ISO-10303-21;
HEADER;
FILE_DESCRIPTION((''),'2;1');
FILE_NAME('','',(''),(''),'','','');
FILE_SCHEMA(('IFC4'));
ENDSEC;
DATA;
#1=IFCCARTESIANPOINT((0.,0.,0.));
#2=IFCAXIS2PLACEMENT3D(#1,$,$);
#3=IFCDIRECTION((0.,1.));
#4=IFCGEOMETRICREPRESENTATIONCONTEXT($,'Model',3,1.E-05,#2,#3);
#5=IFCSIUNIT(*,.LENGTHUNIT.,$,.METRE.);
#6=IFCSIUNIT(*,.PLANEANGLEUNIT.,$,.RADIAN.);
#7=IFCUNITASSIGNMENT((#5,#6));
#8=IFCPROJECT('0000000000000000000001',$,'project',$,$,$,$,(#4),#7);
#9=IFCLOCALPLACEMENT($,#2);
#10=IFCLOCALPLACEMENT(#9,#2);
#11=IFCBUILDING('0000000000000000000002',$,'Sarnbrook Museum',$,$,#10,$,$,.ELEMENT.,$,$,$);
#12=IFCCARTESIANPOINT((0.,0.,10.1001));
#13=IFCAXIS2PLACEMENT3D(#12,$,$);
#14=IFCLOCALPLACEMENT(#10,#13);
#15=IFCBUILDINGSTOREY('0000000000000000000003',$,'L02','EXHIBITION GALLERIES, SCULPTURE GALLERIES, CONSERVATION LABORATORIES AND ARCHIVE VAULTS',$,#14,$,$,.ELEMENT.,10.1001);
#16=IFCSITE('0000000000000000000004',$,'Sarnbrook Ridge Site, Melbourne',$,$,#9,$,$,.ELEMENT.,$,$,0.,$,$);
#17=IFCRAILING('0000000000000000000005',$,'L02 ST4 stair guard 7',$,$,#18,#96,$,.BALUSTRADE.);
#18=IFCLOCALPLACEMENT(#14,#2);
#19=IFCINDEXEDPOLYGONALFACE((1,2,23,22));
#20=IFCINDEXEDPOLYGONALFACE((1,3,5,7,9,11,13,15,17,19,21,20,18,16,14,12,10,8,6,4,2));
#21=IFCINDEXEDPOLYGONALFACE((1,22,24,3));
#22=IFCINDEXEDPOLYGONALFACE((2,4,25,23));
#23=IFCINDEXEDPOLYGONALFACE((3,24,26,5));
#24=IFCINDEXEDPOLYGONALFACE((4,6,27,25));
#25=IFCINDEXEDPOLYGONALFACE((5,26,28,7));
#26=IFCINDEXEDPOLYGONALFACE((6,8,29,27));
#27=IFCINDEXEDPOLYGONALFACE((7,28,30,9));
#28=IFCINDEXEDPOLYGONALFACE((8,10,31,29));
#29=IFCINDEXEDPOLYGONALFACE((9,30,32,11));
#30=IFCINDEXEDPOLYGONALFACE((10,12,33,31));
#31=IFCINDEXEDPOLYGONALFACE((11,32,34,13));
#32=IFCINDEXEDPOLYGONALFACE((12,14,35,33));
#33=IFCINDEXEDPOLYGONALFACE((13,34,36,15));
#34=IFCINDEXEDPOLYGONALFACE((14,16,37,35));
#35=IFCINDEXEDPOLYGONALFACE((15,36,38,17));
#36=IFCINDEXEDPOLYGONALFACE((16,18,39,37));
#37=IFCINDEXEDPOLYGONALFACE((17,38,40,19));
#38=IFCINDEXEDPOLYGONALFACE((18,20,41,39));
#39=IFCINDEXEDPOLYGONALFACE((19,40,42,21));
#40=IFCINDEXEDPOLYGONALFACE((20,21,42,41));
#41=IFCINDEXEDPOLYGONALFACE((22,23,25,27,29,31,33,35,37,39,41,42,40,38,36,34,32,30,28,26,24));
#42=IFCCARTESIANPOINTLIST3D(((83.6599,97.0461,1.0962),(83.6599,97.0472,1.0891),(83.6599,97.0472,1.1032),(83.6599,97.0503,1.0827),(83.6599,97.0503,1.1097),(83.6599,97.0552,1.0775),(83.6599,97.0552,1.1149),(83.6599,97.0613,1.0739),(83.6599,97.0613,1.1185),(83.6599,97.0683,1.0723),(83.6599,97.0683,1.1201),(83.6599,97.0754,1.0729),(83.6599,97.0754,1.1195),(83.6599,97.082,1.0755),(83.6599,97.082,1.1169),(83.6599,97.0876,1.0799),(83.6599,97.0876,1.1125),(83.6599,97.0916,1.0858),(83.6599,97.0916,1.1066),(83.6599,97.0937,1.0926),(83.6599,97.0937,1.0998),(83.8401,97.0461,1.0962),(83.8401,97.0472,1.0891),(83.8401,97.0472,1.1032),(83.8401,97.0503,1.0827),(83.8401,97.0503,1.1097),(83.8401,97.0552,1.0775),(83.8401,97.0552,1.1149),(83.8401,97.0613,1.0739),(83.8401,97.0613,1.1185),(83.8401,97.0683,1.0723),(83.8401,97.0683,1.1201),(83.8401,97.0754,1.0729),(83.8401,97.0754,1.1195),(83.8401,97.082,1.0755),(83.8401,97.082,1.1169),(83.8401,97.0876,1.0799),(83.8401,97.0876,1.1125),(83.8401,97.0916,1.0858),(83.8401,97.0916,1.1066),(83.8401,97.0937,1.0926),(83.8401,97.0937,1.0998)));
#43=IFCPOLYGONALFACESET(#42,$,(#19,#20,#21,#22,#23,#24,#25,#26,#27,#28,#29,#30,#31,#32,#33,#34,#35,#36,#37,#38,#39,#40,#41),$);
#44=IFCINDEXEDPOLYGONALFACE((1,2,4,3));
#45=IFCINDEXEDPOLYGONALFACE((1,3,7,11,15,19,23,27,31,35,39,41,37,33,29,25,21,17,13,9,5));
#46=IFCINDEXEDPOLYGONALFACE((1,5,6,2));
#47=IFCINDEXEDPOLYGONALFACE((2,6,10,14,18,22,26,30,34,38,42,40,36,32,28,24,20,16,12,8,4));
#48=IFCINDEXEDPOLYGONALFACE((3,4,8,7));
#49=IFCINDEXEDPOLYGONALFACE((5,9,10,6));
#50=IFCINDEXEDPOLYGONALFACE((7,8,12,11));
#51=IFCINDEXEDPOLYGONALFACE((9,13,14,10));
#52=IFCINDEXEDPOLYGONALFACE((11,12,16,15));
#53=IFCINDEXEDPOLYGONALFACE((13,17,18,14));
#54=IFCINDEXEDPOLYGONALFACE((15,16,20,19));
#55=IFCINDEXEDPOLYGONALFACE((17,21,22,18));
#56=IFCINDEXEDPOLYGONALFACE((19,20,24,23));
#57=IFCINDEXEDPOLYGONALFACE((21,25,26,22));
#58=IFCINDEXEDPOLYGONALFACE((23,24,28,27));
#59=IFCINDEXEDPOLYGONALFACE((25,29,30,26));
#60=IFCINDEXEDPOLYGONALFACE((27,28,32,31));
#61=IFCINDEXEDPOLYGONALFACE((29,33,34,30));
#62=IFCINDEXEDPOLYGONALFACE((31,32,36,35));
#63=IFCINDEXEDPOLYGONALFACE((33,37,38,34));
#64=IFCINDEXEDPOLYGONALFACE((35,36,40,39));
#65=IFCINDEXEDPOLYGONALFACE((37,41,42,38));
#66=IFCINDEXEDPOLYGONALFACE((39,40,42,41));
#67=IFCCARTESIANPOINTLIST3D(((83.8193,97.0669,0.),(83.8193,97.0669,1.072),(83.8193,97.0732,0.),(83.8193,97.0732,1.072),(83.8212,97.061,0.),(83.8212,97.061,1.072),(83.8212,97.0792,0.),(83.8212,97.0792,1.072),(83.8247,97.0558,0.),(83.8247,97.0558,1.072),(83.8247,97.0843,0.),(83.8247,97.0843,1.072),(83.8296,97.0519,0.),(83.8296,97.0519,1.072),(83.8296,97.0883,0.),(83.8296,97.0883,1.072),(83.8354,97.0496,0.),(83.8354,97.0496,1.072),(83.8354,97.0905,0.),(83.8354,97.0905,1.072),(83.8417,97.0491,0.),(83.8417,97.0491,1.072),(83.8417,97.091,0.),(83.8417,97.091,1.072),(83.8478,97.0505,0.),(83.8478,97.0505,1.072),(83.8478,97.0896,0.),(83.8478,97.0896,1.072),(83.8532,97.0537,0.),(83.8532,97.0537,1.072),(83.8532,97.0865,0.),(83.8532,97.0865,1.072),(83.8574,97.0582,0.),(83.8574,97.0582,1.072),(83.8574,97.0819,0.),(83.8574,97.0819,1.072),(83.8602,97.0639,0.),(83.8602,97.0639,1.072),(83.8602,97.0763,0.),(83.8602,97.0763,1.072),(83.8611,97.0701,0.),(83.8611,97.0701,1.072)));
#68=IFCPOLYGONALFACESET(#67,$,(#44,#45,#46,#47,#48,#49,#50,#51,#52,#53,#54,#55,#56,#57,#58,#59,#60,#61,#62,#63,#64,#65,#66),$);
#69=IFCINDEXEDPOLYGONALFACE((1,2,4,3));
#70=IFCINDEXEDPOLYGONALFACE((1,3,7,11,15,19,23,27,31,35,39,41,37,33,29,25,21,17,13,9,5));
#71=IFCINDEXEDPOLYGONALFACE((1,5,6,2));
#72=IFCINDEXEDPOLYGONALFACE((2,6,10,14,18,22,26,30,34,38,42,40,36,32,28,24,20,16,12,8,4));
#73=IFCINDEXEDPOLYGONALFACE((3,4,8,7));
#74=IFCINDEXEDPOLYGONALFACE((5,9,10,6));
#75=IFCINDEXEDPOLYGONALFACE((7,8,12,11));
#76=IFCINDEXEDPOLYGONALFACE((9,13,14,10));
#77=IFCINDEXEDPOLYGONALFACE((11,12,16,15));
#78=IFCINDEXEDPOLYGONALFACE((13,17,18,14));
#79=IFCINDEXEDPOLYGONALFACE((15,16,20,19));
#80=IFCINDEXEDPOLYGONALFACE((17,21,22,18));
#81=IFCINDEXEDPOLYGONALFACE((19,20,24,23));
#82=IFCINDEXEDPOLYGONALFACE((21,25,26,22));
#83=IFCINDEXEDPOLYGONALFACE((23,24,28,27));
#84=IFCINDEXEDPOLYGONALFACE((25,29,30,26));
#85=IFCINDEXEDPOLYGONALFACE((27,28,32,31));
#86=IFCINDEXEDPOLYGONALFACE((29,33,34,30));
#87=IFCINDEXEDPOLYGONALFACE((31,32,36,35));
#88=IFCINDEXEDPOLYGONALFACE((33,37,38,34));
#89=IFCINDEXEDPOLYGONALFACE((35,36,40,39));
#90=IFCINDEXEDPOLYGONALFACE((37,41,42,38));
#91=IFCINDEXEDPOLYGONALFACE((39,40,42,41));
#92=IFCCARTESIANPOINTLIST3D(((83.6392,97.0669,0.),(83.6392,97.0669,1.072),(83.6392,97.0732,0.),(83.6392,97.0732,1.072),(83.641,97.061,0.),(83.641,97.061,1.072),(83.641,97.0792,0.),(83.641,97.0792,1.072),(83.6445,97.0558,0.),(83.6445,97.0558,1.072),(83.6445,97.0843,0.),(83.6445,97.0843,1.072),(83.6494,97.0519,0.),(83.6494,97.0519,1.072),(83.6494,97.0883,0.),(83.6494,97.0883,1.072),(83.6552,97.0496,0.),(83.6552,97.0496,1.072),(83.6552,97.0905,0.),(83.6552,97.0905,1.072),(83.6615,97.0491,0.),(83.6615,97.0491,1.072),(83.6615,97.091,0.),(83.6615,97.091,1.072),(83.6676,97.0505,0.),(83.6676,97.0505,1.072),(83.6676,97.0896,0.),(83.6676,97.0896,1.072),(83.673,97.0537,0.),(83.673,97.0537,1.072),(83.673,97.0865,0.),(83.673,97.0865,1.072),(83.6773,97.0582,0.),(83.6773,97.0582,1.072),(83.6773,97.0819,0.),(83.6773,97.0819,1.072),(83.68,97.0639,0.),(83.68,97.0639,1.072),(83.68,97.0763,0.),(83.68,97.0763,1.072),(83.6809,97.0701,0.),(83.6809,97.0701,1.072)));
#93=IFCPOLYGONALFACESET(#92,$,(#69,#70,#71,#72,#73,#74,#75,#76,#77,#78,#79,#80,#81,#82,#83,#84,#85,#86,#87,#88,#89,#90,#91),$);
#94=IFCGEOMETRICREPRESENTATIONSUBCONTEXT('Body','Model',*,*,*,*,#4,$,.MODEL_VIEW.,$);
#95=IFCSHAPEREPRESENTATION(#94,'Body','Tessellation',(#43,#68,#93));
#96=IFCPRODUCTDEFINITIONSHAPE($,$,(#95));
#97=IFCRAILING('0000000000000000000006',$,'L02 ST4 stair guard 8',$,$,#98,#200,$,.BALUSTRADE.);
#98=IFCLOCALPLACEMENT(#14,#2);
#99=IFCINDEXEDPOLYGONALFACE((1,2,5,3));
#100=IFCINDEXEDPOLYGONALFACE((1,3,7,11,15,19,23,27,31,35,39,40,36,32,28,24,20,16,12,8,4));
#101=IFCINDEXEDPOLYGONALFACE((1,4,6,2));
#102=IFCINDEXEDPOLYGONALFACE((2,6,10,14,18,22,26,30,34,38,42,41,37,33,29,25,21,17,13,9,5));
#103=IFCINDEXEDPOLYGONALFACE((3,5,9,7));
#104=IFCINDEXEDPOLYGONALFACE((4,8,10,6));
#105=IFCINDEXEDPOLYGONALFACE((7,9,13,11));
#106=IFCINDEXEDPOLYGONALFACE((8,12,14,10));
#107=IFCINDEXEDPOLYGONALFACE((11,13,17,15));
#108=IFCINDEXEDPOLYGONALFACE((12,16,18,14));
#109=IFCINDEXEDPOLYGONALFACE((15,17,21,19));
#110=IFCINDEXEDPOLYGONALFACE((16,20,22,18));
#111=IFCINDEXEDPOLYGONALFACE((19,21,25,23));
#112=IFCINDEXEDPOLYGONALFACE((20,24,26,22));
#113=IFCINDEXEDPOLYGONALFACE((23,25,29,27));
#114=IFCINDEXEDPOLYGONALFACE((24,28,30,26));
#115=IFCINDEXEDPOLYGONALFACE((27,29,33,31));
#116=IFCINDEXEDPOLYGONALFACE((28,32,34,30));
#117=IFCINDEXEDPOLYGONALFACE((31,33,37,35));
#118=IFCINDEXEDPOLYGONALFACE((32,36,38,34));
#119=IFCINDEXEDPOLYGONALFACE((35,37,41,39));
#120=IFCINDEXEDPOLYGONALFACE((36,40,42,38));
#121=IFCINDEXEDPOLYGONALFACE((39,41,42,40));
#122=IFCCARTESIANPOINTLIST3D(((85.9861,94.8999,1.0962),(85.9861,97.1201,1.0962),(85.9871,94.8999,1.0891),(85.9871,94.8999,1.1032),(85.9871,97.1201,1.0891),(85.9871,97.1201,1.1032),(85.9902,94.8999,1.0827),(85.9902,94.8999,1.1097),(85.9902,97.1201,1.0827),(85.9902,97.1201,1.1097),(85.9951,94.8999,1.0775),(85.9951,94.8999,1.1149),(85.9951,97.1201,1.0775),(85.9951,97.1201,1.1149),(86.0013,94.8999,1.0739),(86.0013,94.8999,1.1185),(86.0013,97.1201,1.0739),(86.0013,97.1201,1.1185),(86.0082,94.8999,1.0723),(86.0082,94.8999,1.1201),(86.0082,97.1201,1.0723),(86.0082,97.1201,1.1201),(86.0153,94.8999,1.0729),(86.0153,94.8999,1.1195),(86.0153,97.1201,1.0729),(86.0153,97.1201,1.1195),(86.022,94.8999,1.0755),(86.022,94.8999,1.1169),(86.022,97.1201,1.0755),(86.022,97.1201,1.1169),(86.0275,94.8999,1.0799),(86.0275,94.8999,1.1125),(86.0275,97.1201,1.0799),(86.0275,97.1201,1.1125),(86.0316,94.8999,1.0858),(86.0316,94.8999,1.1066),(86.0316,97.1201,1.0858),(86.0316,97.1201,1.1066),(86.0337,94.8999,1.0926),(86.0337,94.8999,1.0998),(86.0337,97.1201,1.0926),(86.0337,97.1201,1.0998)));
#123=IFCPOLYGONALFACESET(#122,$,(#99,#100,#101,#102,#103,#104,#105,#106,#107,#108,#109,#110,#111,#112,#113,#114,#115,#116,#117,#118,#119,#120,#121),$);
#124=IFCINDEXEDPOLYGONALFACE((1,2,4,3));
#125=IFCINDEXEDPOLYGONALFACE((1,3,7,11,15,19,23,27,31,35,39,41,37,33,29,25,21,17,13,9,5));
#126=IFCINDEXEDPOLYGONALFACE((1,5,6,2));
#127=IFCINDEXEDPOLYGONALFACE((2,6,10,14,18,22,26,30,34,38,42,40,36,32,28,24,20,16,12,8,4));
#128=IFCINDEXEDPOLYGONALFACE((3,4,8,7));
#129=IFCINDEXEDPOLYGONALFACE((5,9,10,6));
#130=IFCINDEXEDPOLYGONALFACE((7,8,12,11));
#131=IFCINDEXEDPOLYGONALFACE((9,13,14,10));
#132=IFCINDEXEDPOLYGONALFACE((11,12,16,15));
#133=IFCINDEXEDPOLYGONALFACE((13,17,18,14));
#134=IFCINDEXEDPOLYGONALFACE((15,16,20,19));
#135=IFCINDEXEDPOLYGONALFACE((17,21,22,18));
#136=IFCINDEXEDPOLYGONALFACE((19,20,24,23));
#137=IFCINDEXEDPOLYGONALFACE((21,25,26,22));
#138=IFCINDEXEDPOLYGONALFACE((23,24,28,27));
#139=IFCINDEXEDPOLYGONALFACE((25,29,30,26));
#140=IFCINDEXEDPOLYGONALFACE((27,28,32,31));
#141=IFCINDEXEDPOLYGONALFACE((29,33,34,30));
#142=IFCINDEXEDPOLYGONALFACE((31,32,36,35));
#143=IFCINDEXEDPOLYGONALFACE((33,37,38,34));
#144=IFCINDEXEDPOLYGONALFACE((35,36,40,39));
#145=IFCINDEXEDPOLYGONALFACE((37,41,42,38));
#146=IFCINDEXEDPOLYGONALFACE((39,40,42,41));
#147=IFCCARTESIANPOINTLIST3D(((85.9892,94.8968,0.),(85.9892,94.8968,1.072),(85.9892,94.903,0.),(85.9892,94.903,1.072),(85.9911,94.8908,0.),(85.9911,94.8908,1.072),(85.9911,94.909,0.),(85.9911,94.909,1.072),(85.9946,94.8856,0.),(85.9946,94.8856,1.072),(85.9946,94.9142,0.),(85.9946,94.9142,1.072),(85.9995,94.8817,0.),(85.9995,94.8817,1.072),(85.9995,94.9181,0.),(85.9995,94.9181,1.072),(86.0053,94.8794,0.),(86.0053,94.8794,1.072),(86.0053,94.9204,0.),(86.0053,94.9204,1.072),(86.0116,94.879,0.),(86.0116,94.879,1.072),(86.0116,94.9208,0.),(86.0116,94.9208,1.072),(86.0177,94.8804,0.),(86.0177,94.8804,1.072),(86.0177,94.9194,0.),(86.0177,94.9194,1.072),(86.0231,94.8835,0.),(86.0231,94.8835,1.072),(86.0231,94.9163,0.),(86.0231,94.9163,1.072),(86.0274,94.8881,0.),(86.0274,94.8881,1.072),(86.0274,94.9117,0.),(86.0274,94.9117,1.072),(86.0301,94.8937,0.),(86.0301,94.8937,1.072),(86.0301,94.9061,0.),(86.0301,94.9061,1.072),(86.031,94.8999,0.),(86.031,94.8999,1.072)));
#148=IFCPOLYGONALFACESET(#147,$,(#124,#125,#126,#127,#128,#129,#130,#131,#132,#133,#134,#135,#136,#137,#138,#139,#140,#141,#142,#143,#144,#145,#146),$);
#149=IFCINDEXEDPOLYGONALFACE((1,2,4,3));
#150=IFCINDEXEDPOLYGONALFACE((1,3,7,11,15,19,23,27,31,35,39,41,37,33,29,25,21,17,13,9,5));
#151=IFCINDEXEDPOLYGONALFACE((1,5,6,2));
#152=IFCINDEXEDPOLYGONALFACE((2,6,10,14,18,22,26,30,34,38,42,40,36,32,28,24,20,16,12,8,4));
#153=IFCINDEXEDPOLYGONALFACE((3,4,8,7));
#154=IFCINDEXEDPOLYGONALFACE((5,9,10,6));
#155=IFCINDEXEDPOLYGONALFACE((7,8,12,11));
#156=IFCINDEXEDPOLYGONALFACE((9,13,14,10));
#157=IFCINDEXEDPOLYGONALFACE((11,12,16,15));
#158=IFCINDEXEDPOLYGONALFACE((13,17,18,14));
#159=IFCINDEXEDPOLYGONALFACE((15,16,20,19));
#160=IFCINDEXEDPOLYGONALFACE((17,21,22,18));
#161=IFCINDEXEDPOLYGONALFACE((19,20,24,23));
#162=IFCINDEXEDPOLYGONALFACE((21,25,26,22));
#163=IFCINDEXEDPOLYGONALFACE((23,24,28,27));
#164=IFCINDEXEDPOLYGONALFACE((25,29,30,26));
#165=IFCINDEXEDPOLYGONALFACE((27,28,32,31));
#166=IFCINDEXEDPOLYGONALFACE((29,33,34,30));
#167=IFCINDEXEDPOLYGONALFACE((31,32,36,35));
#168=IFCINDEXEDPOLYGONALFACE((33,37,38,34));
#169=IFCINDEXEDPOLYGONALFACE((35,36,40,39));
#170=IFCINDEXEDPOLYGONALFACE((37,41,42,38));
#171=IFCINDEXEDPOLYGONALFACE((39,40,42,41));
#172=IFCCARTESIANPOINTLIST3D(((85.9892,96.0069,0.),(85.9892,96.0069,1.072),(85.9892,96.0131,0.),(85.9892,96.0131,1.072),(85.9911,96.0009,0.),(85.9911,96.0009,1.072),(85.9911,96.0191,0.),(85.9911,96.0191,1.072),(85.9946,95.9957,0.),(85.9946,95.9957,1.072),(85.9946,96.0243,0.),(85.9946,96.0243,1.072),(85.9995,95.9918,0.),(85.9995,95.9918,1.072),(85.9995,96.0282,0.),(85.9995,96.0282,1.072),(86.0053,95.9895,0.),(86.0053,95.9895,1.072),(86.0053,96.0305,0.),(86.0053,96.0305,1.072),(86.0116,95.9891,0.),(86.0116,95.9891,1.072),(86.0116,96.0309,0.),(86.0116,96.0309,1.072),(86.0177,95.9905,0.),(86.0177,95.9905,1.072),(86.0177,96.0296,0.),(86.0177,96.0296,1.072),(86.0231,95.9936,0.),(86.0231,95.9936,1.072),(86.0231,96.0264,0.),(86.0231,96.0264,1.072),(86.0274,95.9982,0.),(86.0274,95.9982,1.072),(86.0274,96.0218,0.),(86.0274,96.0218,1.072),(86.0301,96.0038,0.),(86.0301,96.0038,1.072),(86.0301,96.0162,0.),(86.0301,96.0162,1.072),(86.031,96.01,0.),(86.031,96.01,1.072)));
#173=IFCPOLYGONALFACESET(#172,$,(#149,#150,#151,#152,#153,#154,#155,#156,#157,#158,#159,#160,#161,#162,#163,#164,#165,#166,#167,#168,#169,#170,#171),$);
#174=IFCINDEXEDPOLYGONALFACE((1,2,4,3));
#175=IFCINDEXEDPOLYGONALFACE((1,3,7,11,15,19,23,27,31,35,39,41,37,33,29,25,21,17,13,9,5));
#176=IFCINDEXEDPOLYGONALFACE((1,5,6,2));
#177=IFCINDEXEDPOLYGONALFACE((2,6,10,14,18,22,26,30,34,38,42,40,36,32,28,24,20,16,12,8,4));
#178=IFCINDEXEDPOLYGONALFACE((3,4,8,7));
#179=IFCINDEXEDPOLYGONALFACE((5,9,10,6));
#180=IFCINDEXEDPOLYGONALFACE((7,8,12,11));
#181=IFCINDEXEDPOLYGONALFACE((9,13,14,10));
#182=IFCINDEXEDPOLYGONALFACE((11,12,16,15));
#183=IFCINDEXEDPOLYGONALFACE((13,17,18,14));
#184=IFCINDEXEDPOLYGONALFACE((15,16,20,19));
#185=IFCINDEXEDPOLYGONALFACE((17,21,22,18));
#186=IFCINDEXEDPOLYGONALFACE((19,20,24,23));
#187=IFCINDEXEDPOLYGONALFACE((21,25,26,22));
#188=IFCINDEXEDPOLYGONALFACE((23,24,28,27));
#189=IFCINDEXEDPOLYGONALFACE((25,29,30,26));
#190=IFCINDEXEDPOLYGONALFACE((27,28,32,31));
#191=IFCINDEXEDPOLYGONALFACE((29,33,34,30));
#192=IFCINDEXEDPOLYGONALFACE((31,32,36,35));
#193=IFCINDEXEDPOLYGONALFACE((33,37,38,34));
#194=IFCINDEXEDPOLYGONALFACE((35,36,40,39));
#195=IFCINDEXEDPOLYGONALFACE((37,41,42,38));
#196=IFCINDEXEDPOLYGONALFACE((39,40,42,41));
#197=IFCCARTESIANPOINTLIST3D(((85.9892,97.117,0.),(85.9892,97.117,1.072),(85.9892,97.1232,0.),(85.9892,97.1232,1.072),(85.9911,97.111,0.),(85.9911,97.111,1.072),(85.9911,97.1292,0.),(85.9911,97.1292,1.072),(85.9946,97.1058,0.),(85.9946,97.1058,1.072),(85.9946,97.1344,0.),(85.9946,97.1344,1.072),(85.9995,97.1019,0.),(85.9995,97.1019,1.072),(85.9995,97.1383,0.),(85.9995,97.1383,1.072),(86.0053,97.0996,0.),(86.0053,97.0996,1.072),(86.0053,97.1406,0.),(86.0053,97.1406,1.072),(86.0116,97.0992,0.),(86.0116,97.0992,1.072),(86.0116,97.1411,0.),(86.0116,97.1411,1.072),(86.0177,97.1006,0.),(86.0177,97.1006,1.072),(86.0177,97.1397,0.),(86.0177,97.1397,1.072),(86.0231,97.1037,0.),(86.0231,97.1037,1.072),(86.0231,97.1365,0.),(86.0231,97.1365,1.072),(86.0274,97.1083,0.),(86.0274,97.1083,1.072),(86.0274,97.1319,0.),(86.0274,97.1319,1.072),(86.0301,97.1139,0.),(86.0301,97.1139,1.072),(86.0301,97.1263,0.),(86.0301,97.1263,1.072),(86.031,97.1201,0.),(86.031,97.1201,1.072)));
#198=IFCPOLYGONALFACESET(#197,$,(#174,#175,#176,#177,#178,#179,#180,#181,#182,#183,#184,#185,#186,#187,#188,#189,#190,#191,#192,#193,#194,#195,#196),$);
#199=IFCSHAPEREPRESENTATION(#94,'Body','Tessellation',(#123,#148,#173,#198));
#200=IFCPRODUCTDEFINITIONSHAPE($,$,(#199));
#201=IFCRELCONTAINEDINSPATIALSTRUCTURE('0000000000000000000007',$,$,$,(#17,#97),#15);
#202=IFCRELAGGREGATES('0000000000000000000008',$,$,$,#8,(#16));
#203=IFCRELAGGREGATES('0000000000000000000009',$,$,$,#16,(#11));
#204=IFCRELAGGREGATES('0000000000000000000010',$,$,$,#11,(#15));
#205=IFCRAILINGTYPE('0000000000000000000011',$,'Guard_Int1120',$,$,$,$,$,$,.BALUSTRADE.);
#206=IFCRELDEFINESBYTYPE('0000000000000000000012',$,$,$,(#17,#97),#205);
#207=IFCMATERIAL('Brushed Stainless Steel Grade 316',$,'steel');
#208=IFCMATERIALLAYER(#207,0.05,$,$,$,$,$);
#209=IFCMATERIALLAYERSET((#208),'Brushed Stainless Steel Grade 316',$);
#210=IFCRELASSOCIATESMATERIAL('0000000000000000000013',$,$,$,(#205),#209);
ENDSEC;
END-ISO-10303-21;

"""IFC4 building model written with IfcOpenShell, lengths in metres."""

from ifc_helpers import new_model, si_unit, direction, frame, origin, origin_2d, place, context, subcontext, project, spatial, circle, extrude, material, layer, layer_set, type_object, element, save


model = new_model("IFC4")

# Units and contexts
model_context = context("Model", 3, precision=1e-05, world=origin(), true_north=direction((0.0, 1.0)))
body_context = subcontext(model_context, "Body", "Model", "MODEL_VIEW")
ifc_project = project(units=[si_unit("LENGTHUNIT", "METRE"), si_unit("PLANEANGLEUNIT", "RADIAN")], contexts=[model_context])

# Site, building, storey
site_placement = place(None, origin())
site = spatial("IfcSite", under=ifc_project, at=site_placement, Name="Sarnbrook Ridge Site, Melbourne", CompositionType="ELEMENT", RefElevation=0.0)
building_placement = place(site_placement, origin())
building = spatial("IfcBuilding", under=site, at=building_placement, Name="Sarnbrook Museum", CompositionType="ELEMENT")
storey_placement = place(building_placement, frame((0.0, 0.0, 10.1001)))
storey = spatial("IfcBuildingStorey", under=building, at=storey_placement, Name="L02", Description="EXHIBITION GALLERIES, SCULPTURE GALLERIES, CONSERVATION LABORATORIES AND ARCHIVE VAULTS", CompositionType="ELEMENT", Elevation=10.1001)

# Shared definitions
ifc_material_1 = material(Name="Brushed Stainless Steel Grade 316", Category="steel")

# Railings
ifc_layer_1 = layer(ifc_material_1, 0.05)
ifc_layer_set_1 = layer_set([ifc_layer_1], Name="Brushed Stainless Steel Grade 316")
railing_type_1 = type_object("IfcRailingType", Name="Guard_Int1120", PredefinedType="BALUSTRADE", material=ifc_layer_set_1)
railing_1_placement = place(storey_placement, frame((83.8401, 97.0701, 0.0)))
element("IfcRailing", 1, at=railing_1_placement, inside=storey, type_object=railing_type_1, Name="L02 ST4 stair guard 7", PredefinedType="BALUSTRADE", context=body_context, shape_type="SweptSolid", body=[
    extrude(circle(Radius=0.0239, at=origin_2d()), frame((0.0, 0.0, 1.0962), z_axis=(-1.0, 0.0, 0.0), x_axis=(0.0, -1.0, 0.0)), (0.0, 0.0, 1.0), 0.1802),
    extrude(circle(Radius=0.021, at=origin_2d()), origin(), (0.0, 0.0, 1.0), 1.072),
    extrude(circle(Radius=0.021, at=origin_2d()), frame((-0.1802, 0.0, 0.0)), (0.0, 0.0, 1.0), 1.072),
])
for number, where, name in (
    (2, (86.01, 94.8999, 0.0), "L02 ST4 stair guard 8"),
):
    element("IfcRailing", number, at=place(storey_placement, frame(where)), inside=storey, type_object=railing_type_1, Name=name, PredefinedType="BALUSTRADE", context=body_context, shape_type="SweptSolid", body=[
        extrude(circle(Radius=0.0239, at=origin_2d()), frame((0.0, 0.0, 1.0962), z_axis=(0.0, 1.0, 0.0), x_axis=(-1.0, 0.0, 0.0)), (0.0, 0.0, 1.0), 2.2202),
        extrude(circle(Radius=0.021, at=origin_2d()), origin(), (0.0, 0.0, 1.0), 1.072),
        extrude(circle(Radius=0.021, at=origin_2d()), frame((0.0, 1.1101, 0.0)), (0.0, 0.0, 1.0), 1.072),
        extrude(circle(Radius=0.021, at=origin_2d()), frame((0.0, 2.2202, 0.0)), (0.0, 0.0, 1.0), 1.072),
    ])

save(model, "model.ifc")
